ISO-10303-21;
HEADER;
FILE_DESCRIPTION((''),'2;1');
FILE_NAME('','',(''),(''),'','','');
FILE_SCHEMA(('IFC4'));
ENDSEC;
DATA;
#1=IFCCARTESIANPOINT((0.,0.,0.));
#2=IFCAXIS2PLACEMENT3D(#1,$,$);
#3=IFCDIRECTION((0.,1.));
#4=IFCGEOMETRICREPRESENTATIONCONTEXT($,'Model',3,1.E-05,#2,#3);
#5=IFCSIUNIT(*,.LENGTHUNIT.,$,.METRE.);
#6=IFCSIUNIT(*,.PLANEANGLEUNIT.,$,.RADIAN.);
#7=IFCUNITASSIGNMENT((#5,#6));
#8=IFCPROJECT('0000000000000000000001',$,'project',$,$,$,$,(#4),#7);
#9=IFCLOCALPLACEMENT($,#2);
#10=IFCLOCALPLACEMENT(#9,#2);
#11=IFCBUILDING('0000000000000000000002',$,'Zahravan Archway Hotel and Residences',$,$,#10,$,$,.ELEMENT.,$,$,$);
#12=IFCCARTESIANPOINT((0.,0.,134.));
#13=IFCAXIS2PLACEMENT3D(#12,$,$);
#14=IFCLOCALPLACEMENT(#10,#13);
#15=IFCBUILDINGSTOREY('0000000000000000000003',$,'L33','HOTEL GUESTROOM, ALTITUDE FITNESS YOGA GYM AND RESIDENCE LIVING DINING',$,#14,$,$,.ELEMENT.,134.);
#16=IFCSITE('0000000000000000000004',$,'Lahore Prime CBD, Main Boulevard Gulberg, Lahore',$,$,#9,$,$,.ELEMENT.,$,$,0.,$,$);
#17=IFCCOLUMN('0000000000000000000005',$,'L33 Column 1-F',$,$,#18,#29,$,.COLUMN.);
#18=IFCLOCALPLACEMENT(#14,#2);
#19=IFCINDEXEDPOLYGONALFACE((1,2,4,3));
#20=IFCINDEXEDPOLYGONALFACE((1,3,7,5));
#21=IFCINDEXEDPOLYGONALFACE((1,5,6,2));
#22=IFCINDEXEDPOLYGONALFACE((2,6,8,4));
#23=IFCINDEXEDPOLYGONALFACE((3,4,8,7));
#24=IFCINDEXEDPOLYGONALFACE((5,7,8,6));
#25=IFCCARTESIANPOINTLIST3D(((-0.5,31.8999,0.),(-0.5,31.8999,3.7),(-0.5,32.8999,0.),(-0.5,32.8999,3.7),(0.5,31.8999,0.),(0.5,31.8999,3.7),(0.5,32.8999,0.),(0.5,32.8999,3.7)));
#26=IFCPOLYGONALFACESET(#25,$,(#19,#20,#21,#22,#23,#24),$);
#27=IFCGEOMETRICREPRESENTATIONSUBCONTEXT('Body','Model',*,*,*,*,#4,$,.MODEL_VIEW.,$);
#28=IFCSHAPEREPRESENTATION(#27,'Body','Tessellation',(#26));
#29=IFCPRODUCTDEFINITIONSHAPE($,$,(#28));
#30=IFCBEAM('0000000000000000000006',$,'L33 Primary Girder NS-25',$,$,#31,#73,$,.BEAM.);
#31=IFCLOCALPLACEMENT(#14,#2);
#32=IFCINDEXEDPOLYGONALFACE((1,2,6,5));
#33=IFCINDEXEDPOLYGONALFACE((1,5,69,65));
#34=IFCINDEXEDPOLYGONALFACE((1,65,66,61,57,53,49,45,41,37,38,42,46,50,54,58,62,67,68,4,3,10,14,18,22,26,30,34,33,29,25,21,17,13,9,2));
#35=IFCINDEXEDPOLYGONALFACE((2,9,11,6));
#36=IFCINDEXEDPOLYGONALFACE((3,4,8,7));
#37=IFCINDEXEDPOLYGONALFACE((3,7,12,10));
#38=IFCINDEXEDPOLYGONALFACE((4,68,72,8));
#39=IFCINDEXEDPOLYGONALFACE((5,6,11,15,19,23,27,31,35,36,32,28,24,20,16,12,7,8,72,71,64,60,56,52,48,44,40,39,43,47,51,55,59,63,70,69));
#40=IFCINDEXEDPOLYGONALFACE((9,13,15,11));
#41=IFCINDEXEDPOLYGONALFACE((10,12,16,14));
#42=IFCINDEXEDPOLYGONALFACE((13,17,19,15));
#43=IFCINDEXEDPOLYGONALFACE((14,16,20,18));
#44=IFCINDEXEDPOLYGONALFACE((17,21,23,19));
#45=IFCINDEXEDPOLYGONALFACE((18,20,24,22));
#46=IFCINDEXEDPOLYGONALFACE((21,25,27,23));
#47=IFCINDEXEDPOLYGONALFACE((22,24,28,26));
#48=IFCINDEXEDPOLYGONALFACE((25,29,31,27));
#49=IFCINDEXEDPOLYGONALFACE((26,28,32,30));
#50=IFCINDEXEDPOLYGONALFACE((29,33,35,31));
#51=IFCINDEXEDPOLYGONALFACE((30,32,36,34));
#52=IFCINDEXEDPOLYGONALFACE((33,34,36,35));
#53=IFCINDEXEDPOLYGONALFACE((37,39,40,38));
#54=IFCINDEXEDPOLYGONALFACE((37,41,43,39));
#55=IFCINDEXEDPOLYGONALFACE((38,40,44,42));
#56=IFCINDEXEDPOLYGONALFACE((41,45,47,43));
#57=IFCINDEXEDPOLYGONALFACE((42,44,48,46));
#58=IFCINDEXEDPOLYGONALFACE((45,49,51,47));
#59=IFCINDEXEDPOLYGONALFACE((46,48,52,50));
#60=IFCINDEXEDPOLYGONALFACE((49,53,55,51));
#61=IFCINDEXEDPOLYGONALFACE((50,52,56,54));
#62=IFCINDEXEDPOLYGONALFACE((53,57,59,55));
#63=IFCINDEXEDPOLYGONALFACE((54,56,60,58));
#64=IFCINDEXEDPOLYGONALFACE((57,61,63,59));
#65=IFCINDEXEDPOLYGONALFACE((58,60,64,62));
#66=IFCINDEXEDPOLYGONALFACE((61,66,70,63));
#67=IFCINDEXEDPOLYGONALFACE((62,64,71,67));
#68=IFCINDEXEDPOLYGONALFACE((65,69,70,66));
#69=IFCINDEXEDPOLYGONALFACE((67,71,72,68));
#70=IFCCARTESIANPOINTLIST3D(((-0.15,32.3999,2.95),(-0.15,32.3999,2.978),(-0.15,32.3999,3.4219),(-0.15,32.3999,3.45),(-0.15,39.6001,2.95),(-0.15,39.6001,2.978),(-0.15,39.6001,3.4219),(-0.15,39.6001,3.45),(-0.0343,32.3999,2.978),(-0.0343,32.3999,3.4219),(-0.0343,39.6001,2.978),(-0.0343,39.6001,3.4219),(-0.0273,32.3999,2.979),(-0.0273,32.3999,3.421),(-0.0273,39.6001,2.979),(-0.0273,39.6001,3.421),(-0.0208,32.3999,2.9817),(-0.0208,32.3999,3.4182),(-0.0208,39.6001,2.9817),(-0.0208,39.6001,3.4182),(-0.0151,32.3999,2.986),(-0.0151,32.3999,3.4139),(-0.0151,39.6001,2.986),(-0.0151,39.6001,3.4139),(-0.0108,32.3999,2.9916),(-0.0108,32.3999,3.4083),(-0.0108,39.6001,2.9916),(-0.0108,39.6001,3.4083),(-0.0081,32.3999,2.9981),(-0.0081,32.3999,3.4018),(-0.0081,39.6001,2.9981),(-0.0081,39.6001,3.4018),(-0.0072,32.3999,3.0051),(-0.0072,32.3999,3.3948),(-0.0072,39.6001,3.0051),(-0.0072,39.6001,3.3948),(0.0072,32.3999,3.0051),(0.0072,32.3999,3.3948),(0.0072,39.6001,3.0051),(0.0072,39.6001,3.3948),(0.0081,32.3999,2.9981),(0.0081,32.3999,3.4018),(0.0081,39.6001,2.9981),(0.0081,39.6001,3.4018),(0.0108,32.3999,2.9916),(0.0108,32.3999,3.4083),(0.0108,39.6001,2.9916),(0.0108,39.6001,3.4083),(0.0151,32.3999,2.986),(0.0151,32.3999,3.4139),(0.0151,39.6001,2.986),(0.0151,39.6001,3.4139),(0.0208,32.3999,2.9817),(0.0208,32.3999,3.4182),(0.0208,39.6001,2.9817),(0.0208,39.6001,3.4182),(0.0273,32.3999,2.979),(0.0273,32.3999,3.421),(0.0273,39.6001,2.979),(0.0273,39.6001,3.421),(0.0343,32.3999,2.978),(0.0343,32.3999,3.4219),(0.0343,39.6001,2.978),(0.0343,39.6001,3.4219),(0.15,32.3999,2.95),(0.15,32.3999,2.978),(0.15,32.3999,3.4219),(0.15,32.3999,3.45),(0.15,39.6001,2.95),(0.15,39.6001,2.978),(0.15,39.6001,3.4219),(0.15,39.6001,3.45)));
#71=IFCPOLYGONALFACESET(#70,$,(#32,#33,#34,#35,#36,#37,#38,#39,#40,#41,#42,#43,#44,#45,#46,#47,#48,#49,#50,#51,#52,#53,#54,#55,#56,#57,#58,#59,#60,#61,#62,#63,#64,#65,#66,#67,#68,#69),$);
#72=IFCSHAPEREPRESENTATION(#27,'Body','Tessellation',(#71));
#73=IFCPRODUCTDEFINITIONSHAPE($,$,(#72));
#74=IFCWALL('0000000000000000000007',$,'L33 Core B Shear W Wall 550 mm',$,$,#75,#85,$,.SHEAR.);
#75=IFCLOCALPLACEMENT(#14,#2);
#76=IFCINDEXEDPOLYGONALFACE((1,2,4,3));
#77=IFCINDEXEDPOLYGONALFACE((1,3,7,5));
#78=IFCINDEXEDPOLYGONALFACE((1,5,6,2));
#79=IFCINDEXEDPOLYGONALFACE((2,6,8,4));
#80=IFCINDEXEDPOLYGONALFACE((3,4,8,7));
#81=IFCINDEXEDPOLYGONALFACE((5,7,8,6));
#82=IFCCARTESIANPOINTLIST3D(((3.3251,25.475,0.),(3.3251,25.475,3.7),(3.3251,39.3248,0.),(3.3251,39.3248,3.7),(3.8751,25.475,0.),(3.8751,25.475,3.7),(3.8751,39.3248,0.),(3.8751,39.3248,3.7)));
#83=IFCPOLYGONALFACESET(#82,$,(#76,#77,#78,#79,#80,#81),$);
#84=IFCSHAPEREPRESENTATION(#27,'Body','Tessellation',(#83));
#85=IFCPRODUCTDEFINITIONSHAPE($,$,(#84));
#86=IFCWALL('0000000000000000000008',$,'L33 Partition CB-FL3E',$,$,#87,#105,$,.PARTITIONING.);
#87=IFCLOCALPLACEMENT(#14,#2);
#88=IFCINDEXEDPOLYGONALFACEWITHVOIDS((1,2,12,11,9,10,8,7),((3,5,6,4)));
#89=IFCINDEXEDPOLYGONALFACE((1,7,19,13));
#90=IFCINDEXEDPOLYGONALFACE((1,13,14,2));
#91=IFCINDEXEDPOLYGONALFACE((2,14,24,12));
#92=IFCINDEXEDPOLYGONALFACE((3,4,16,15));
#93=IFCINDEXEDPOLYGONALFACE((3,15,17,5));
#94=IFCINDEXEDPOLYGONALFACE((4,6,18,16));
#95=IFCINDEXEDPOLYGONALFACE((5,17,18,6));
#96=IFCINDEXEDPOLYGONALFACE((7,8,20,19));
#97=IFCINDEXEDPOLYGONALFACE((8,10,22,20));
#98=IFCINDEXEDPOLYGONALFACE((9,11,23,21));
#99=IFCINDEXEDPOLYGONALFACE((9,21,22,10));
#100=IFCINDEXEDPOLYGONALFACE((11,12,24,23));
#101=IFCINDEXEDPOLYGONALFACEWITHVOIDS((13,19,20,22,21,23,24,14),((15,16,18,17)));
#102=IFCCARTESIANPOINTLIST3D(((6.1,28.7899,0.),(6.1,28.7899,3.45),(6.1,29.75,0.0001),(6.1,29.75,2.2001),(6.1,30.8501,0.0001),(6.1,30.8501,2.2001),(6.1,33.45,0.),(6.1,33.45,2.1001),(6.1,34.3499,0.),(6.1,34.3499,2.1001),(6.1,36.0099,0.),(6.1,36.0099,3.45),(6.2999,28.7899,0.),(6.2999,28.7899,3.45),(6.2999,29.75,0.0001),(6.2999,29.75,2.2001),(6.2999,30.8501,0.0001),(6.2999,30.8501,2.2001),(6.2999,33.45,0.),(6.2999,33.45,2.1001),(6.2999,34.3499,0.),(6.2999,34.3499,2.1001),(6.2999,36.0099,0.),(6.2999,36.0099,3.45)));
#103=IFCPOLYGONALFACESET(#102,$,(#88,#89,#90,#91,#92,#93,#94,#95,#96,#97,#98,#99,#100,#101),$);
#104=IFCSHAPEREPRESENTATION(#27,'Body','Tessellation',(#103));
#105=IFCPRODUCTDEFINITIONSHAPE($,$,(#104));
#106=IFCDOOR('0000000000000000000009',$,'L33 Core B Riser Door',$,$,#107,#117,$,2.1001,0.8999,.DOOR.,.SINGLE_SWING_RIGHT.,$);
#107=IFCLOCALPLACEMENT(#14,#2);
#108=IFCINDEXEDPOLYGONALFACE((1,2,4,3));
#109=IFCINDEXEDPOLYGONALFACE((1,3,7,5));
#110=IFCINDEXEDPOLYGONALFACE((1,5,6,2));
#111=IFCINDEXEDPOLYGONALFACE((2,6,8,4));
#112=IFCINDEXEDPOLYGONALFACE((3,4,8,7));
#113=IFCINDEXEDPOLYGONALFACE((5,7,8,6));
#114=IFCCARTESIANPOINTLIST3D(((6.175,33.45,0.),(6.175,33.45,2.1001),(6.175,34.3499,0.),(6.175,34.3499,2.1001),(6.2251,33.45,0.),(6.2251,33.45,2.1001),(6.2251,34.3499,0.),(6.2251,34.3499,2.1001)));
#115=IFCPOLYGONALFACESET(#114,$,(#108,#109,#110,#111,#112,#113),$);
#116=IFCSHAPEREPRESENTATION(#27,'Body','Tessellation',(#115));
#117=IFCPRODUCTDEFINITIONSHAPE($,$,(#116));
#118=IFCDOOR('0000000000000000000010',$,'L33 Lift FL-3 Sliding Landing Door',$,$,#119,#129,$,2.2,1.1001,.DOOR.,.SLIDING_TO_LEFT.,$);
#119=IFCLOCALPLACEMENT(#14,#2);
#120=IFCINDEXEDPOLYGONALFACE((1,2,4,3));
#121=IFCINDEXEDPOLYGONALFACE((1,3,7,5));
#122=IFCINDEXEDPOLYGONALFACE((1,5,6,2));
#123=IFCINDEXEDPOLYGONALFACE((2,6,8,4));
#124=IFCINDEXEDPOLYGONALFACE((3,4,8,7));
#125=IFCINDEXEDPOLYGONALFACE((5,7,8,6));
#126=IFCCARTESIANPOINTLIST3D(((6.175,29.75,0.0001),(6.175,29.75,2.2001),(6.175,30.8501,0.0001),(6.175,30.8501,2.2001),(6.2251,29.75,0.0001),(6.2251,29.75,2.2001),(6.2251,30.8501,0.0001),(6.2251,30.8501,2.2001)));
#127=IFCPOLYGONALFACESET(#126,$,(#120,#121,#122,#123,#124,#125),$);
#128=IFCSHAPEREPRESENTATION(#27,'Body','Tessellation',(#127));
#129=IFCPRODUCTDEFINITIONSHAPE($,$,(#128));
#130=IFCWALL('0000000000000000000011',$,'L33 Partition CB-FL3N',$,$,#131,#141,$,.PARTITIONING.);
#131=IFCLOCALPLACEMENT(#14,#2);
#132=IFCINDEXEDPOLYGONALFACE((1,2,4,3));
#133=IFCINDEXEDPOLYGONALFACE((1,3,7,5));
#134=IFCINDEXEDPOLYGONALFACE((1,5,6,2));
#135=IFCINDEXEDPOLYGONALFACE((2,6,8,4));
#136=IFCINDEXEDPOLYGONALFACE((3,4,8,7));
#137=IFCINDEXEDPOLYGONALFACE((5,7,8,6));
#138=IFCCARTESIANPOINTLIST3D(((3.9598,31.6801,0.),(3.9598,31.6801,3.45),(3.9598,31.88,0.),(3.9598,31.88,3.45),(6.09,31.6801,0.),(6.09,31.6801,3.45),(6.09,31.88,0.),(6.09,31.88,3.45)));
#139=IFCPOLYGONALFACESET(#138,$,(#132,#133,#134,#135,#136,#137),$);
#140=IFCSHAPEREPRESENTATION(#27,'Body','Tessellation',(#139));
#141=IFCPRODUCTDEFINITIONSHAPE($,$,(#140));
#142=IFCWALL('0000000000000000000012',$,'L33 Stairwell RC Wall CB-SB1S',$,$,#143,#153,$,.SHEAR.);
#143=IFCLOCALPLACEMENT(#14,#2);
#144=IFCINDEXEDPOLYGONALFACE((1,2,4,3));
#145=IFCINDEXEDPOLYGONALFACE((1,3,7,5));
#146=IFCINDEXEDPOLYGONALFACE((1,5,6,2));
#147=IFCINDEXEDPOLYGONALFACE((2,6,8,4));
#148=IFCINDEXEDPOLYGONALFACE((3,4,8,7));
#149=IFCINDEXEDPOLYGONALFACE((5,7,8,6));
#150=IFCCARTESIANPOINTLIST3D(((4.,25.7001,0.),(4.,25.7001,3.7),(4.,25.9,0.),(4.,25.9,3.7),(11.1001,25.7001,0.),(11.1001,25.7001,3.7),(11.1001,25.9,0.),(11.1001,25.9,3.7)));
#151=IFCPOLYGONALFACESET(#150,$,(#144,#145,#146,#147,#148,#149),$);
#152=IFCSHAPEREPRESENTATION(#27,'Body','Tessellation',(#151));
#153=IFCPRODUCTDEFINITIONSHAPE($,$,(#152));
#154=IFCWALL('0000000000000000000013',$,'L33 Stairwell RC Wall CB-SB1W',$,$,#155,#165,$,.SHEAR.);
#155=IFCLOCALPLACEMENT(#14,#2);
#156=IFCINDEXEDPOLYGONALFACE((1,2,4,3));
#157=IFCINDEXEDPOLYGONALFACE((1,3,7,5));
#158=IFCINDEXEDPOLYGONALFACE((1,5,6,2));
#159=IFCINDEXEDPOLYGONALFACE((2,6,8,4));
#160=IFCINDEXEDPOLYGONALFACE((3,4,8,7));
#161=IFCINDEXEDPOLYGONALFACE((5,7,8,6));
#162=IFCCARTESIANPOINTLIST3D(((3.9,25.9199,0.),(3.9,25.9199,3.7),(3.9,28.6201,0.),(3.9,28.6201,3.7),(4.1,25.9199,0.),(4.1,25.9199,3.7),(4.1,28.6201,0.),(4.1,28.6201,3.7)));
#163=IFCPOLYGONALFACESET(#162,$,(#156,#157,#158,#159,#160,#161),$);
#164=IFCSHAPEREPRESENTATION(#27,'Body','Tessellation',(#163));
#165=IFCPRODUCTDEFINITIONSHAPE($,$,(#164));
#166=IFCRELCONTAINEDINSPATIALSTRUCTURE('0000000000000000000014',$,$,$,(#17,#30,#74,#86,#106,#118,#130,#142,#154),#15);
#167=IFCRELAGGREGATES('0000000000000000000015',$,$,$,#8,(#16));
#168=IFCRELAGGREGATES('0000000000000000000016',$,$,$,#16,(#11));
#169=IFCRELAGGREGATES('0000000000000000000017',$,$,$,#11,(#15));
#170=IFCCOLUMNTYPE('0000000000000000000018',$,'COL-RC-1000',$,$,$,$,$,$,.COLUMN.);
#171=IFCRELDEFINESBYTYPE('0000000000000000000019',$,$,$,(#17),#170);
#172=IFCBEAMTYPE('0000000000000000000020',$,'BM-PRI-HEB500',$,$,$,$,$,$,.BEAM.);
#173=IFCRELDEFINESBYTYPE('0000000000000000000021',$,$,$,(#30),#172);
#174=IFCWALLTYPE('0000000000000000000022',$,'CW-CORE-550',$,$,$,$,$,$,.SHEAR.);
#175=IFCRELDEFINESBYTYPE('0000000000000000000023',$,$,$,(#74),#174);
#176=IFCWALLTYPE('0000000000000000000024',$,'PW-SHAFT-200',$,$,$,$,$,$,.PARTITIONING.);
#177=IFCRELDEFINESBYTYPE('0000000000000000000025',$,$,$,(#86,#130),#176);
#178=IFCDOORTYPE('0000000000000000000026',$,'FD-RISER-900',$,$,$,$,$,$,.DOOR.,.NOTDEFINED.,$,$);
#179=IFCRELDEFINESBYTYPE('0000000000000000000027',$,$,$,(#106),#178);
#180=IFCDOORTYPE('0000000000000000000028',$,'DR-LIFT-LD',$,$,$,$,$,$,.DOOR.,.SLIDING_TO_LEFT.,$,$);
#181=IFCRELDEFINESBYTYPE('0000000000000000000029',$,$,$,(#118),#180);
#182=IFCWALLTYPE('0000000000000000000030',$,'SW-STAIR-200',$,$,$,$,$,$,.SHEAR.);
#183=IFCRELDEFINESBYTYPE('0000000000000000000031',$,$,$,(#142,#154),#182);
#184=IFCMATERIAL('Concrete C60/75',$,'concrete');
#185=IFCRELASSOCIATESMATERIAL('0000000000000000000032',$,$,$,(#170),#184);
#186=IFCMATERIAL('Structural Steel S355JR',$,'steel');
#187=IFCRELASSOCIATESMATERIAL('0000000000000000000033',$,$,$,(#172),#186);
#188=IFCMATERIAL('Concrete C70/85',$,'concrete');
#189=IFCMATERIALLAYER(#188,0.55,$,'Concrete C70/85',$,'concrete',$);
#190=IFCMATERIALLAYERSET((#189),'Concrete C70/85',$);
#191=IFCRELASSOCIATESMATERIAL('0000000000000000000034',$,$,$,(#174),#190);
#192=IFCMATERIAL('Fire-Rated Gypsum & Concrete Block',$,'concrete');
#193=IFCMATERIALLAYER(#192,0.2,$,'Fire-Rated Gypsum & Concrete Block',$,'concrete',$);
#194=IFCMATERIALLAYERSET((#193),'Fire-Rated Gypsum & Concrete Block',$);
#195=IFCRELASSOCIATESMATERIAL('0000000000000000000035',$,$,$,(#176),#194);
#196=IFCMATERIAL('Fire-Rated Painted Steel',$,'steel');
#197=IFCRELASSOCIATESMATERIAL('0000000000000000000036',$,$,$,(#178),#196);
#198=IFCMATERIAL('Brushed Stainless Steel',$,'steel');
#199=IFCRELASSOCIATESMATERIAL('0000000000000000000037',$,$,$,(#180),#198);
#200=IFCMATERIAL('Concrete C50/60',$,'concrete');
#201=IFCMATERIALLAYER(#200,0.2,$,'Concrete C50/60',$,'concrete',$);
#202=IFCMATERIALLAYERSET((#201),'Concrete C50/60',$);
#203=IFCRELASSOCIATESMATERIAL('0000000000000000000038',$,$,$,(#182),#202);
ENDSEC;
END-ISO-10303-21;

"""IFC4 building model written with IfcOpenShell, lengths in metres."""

from ifc_helpers import new_model, si_unit, direction, frame, frame_2d, origin, origin_2d, place, context, subcontext, project, spatial, rectangle, i_section, extrude, source, transform, mapped, material, layer, layer_set, material_profile, profile_set, type_object, type_shapes, element, fill, save


model = new_model("IFC4")

# Units and contexts
model_context = context("Model", 3, precision=1e-05, world=origin(), true_north=direction((0.0, 1.0)))
body_context = subcontext(model_context, "Body", "Model", "MODEL_VIEW")
ifc_project = project(units=[si_unit("LENGTHUNIT", "METRE"), si_unit("PLANEANGLEUNIT", "RADIAN")], contexts=[model_context])

# Site, building, storey
site_placement = place(None, origin())
site = spatial("IfcSite", under=ifc_project, at=site_placement, Name="Lahore Prime CBD, Main Boulevard Gulberg, Lahore", CompositionType="ELEMENT", RefElevation=0.0)
building_placement = place(site_placement, origin())
building = spatial("IfcBuilding", under=site, at=building_placement, Name="Zahravan Archway Hotel and Residences", CompositionType="ELEMENT")
storey_placement = place(building_placement, frame((0.0, 0.0, 134.0)))
storey = spatial("IfcBuildingStorey", under=building, at=storey_placement, Name="L33", Description="HOTEL GUESTROOM, ALTITUDE FITNESS YOGA GYM AND RESIDENCE LIVING DINING", CompositionType="ELEMENT", Elevation=134.0)

# Column
ifc_material_1 = material(Name="Concrete C60/75", Category="concrete")
ifc_material_profile_1 = material_profile(ifc_material_1, rectangle(XDim=1.0, YDim=1.0, at=origin_2d()), Name="RC-COL-1000x1000", Category="concrete")
ifc_profile_set_1 = profile_set([ifc_material_profile_1], Name="Concrete C60/75")
column_type = type_object("IfcColumnType", Name="COL-RC-1000", PredefinedType="COLUMN", material=ifc_profile_set_1)
shared_shape_1 = source(origin(), body_context, "Body", "SweptSolid", [
    extrude(rectangle(XDim=1.0, YDim=1.0, at=origin_2d()), origin(), (0.0, 0.0, 1.0), 3.7),
])
type_shapes(column_type, [shared_shape_1])
column_placement = place(storey_placement, frame((0.0, 32.3999, 0.0), z_axis=(0.0, 0.0, 1.0), x_axis=(1.0, 0.0, 0.0)))
element("IfcColumn", 1, at=column_placement, inside=storey, type_object=column_type, Name="L33 Column 1-F", PredefinedType="COLUMN", context=body_context, shape_type="MappedRepresentation", body=[
    mapped(shared_shape_1, transform((0.0, 0.0, 0.0), scale=1.0)),
])

# Beam
ifc_material_2 = material(Name="Structural Steel S355JR", Category="steel")
ifc_material_profile_2 = material_profile(ifc_material_2, i_section(OverallWidth=0.3, OverallDepth=0.5, WebThickness=0.0144, FlangeThickness=0.0281, FilletRadius=0.0271, at=origin_2d()), Name="HEB 500", Category="steel")
ifc_profile_set_2 = profile_set([ifc_material_profile_2], Name="Structural Steel S355JR")
beam_type = type_object("IfcBeamType", Name="BM-PRI-HEB500", PredefinedType="BEAM", material=ifc_profile_set_2)
shared_shape_2 = source(origin(), body_context, "Body", "SweptSolid", [
    extrude(i_section(OverallWidth=0.3, OverallDepth=0.5, WebThickness=0.0144, FlangeThickness=0.0281, FilletRadius=0.0271, at=origin_2d()), origin(), (0.0, 0.0, 1.0), 7.2002),
])
type_shapes(beam_type, [shared_shape_2])
beam_placement = place(storey_placement, frame((0.0, 32.3999, 3.2), z_axis=(0.0, 1.0, 0.0), x_axis=(-1.0, 0.0, 0.0)))
element("IfcBeam", 2, at=beam_placement, inside=storey, type_object=beam_type, Name="L33 Primary Girder NS-25", PredefinedType="BEAM", context=body_context, shape_type="MappedRepresentation", body=[
    mapped(shared_shape_2, transform((0.0, 0.0, 0.0), scale=1.0)),
])

# Wall
ifc_material_3 = material(Name="Concrete C70/85", Category="concrete")
ifc_layer_1 = layer(ifc_material_3, 0.55, Name="Concrete C70/85", Category="concrete")
ifc_layer_set_1 = layer_set([ifc_layer_1], Name="Concrete C70/85")
wall_type_1 = type_object("IfcWallType", Name="CW-CORE-550", PredefinedType="SHEAR", material=ifc_layer_set_1)
wall_1_placement = place(storey_placement, frame((3.6001, 25.4751, 0.0), z_axis=(0.0, 0.0, 1.0), x_axis=(0.0, 1.0, 0.0)))
element("IfcWall", 3, at=wall_1_placement, inside=storey, type_object=wall_type_1, Name="L33 Core B Shear W Wall 550 mm", PredefinedType="SHEAR", context=body_context, shape_type="SweptSolid", body=[
    extrude(rectangle(XDim=13.8499, YDim=0.55, at=frame_2d((6.9248, 0.0))), origin(), (0.0, 0.0, 1.0), 3.7),
])

# Wall, openings, doors
ifc_material_4 = material(Name="Fire-Rated Gypsum & Concrete Block", Category="concrete")
ifc_layer_2 = layer(ifc_material_4, 0.2, Name="Fire-Rated Gypsum & Concrete Block", Category="concrete")
ifc_layer_set_2 = layer_set([ifc_layer_2], Name="Fire-Rated Gypsum & Concrete Block")
wall_type_2 = type_object("IfcWallType", Name="PW-SHAFT-200", PredefinedType="PARTITIONING", material=ifc_layer_set_2)
wall_2_placement = place(storey_placement, frame((6.2, 28.79, 0.0), z_axis=(0.0, 0.0, 1.0), x_axis=(0.0, 1.0, 0.0)))
wall_2 = element("IfcWall", 4, at=wall_2_placement, inside=storey, type_object=wall_type_2, Name="L33 Partition CB-FL3E", PredefinedType="PARTITIONING", context=body_context, shape_type="SweptSolid", body=[
    extrude(rectangle(XDim=7.22, YDim=0.2, at=frame_2d((3.6099, 0.0))), origin(), (0.0, 0.0, 1.0), 3.45),
])
opening_1_placement = place(wall_2_placement, frame((4.6599, 0.0, 0.0)))
opening_1 = element("IfcOpeningElement", 5, at=opening_1_placement, cuts=wall_2, PredefinedType="OPENING", context=body_context, shape_type="SweptSolid", body=[
    extrude(rectangle(XDim=0.8999, YDim=2.1001, at=frame_2d((0.45, 1.05))), frame((0.0, 0.1099, 0.0), z_axis=(0.0, -1.0, 0.0), x_axis=(1.0, 0.0, 0.0)), (0.0, 0.0, 1.0), 0.22),
])
opening_2_placement = place(wall_2_placement, frame((0.96, 0.0, 0.0)))
opening_2 = element("IfcOpeningElement", 6, at=opening_2_placement, cuts=wall_2, PredefinedType="OPENING", context=body_context, shape_type="SweptSolid", body=[
    extrude(rectangle(XDim=1.1001, YDim=2.2, at=frame_2d((0.55, 1.1001))), frame((0.0, 0.1099, 0.0), z_axis=(0.0, -1.0, 0.0), x_axis=(1.0, 0.0, 0.0)), (0.0, 0.0, 1.0), 0.22),
])
ifc_material_5 = material(Name="Fire-Rated Painted Steel", Category="steel")
door_type_1 = type_object("IfcDoorType", Name="FD-RISER-900", OperationType="NOTDEFINED", PredefinedType="DOOR", material=ifc_material_5)
shared_shape_3 = source(origin(), body_context, "Body", "SweptSolid", [
    extrude(rectangle(XDim=0.8999, YDim=2.1001, at=frame_2d((0.45, 1.05))), frame((0.0, 0.0249, 0.0), z_axis=(0.0, -1.0, 0.0), x_axis=(1.0, 0.0, 0.0)), (0.0, 0.0, 1.0), 0.05),
])
type_shapes(door_type_1, [shared_shape_3])
door_1_placement = place(opening_1_placement, origin())
door_1 = element("IfcDoor", 7, at=door_1_placement, inside=storey, type_object=door_type_1, Name="L33 Core B Riser Door", OperationType="SINGLE_SWING_RIGHT", OverallHeight=2.1001, OverallWidth=0.8999, PredefinedType="DOOR", context=body_context, shape_type="MappedRepresentation", body=[
    mapped(shared_shape_3, transform((0.0, 0.0, 0.0), scale=1.0)),
])
fill(opening_1, door_1)
ifc_material_6 = material(Name="Brushed Stainless Steel", Category="steel")
door_type_2 = type_object("IfcDoorType", Name="DR-LIFT-LD", OperationType="SLIDING_TO_LEFT", PredefinedType="DOOR", material=ifc_material_6)
shared_shape_4 = source(origin(), body_context, "Body", "SweptSolid", [
    extrude(rectangle(XDim=1.1001, YDim=2.2, at=frame_2d((0.55, 1.1001))), frame((0.0, 0.0249, 0.0), z_axis=(0.0, -1.0, 0.0), x_axis=(1.0, 0.0, 0.0)), (0.0, 0.0, 1.0), 0.05),
])
type_shapes(door_type_2, [shared_shape_4])
door_2_placement = place(opening_2_placement, origin())
door_2 = element("IfcDoor", 8, at=door_2_placement, inside=storey, type_object=door_type_2, Name="L33 Lift FL-3 Sliding Landing Door", OperationType="SLIDING_TO_LEFT", OverallHeight=2.2, OverallWidth=1.1001, PredefinedType="DOOR", context=body_context, shape_type="MappedRepresentation", body=[
    mapped(shared_shape_4, transform((0.0, 0.0, 0.0), scale=1.0)),
])
fill(opening_2, door_2)

# Walls
wall_3_placement = place(storey_placement, frame((3.96, 31.78, 0.0), z_axis=(0.0, 0.0, 1.0), x_axis=(1.0, 0.0, 0.0)))
element("IfcWall", 9, at=wall_3_placement, inside=storey, type_object=wall_type_2, Name="L33 Partition CB-FL3N", PredefinedType="PARTITIONING", context=body_context, shape_type="SweptSolid", body=[
    extrude(rectangle(XDim=2.1301, YDim=0.2, at=frame_2d((1.0649, 0.0))), origin(), (0.0, 0.0, 1.0), 3.45),
])
ifc_material_7 = material(Name="Concrete C50/60", Category="concrete")
ifc_layer_3 = layer(ifc_material_7, 0.2, Name="Concrete C50/60", Category="concrete")
ifc_layer_set_3 = layer_set([ifc_layer_3], Name="Concrete C50/60")
wall_type_3 = type_object("IfcWallType", Name="SW-STAIR-200", PredefinedType="SHEAR", material=ifc_layer_set_3)
wall_4_placement = place(storey_placement, frame((4.0, 25.8, 0.0), z_axis=(0.0, 0.0, 1.0), x_axis=(1.0, 0.0, 0.0)))
element("IfcWall", 10, at=wall_4_placement, inside=storey, type_object=wall_type_3, Name="L33 Stairwell RC Wall CB-SB1S", PredefinedType="SHEAR", context=body_context, shape_type="SweptSolid", body=[
    extrude(rectangle(XDim=7.1001, YDim=0.2, at=frame_2d((3.55, 0.0))), origin(), (0.0, 0.0, 1.0), 3.7),
])
wall_5_placement = place(storey_placement, frame((4.0, 25.9199, 0.0), z_axis=(0.0, 0.0, 1.0), x_axis=(0.0, 1.0, 0.0)))
element("IfcWall", 11, at=wall_5_placement, inside=storey, type_object=wall_type_3, Name="L33 Stairwell RC Wall CB-SB1W", PredefinedType="SHEAR", context=body_context, shape_type="SweptSolid", body=[
    extrude(rectangle(XDim=2.7002, YDim=0.2, at=frame_2d((1.3501, 0.0))), origin(), (0.0, 0.0, 1.0), 3.7),
])

save(model, "model.ifc")
